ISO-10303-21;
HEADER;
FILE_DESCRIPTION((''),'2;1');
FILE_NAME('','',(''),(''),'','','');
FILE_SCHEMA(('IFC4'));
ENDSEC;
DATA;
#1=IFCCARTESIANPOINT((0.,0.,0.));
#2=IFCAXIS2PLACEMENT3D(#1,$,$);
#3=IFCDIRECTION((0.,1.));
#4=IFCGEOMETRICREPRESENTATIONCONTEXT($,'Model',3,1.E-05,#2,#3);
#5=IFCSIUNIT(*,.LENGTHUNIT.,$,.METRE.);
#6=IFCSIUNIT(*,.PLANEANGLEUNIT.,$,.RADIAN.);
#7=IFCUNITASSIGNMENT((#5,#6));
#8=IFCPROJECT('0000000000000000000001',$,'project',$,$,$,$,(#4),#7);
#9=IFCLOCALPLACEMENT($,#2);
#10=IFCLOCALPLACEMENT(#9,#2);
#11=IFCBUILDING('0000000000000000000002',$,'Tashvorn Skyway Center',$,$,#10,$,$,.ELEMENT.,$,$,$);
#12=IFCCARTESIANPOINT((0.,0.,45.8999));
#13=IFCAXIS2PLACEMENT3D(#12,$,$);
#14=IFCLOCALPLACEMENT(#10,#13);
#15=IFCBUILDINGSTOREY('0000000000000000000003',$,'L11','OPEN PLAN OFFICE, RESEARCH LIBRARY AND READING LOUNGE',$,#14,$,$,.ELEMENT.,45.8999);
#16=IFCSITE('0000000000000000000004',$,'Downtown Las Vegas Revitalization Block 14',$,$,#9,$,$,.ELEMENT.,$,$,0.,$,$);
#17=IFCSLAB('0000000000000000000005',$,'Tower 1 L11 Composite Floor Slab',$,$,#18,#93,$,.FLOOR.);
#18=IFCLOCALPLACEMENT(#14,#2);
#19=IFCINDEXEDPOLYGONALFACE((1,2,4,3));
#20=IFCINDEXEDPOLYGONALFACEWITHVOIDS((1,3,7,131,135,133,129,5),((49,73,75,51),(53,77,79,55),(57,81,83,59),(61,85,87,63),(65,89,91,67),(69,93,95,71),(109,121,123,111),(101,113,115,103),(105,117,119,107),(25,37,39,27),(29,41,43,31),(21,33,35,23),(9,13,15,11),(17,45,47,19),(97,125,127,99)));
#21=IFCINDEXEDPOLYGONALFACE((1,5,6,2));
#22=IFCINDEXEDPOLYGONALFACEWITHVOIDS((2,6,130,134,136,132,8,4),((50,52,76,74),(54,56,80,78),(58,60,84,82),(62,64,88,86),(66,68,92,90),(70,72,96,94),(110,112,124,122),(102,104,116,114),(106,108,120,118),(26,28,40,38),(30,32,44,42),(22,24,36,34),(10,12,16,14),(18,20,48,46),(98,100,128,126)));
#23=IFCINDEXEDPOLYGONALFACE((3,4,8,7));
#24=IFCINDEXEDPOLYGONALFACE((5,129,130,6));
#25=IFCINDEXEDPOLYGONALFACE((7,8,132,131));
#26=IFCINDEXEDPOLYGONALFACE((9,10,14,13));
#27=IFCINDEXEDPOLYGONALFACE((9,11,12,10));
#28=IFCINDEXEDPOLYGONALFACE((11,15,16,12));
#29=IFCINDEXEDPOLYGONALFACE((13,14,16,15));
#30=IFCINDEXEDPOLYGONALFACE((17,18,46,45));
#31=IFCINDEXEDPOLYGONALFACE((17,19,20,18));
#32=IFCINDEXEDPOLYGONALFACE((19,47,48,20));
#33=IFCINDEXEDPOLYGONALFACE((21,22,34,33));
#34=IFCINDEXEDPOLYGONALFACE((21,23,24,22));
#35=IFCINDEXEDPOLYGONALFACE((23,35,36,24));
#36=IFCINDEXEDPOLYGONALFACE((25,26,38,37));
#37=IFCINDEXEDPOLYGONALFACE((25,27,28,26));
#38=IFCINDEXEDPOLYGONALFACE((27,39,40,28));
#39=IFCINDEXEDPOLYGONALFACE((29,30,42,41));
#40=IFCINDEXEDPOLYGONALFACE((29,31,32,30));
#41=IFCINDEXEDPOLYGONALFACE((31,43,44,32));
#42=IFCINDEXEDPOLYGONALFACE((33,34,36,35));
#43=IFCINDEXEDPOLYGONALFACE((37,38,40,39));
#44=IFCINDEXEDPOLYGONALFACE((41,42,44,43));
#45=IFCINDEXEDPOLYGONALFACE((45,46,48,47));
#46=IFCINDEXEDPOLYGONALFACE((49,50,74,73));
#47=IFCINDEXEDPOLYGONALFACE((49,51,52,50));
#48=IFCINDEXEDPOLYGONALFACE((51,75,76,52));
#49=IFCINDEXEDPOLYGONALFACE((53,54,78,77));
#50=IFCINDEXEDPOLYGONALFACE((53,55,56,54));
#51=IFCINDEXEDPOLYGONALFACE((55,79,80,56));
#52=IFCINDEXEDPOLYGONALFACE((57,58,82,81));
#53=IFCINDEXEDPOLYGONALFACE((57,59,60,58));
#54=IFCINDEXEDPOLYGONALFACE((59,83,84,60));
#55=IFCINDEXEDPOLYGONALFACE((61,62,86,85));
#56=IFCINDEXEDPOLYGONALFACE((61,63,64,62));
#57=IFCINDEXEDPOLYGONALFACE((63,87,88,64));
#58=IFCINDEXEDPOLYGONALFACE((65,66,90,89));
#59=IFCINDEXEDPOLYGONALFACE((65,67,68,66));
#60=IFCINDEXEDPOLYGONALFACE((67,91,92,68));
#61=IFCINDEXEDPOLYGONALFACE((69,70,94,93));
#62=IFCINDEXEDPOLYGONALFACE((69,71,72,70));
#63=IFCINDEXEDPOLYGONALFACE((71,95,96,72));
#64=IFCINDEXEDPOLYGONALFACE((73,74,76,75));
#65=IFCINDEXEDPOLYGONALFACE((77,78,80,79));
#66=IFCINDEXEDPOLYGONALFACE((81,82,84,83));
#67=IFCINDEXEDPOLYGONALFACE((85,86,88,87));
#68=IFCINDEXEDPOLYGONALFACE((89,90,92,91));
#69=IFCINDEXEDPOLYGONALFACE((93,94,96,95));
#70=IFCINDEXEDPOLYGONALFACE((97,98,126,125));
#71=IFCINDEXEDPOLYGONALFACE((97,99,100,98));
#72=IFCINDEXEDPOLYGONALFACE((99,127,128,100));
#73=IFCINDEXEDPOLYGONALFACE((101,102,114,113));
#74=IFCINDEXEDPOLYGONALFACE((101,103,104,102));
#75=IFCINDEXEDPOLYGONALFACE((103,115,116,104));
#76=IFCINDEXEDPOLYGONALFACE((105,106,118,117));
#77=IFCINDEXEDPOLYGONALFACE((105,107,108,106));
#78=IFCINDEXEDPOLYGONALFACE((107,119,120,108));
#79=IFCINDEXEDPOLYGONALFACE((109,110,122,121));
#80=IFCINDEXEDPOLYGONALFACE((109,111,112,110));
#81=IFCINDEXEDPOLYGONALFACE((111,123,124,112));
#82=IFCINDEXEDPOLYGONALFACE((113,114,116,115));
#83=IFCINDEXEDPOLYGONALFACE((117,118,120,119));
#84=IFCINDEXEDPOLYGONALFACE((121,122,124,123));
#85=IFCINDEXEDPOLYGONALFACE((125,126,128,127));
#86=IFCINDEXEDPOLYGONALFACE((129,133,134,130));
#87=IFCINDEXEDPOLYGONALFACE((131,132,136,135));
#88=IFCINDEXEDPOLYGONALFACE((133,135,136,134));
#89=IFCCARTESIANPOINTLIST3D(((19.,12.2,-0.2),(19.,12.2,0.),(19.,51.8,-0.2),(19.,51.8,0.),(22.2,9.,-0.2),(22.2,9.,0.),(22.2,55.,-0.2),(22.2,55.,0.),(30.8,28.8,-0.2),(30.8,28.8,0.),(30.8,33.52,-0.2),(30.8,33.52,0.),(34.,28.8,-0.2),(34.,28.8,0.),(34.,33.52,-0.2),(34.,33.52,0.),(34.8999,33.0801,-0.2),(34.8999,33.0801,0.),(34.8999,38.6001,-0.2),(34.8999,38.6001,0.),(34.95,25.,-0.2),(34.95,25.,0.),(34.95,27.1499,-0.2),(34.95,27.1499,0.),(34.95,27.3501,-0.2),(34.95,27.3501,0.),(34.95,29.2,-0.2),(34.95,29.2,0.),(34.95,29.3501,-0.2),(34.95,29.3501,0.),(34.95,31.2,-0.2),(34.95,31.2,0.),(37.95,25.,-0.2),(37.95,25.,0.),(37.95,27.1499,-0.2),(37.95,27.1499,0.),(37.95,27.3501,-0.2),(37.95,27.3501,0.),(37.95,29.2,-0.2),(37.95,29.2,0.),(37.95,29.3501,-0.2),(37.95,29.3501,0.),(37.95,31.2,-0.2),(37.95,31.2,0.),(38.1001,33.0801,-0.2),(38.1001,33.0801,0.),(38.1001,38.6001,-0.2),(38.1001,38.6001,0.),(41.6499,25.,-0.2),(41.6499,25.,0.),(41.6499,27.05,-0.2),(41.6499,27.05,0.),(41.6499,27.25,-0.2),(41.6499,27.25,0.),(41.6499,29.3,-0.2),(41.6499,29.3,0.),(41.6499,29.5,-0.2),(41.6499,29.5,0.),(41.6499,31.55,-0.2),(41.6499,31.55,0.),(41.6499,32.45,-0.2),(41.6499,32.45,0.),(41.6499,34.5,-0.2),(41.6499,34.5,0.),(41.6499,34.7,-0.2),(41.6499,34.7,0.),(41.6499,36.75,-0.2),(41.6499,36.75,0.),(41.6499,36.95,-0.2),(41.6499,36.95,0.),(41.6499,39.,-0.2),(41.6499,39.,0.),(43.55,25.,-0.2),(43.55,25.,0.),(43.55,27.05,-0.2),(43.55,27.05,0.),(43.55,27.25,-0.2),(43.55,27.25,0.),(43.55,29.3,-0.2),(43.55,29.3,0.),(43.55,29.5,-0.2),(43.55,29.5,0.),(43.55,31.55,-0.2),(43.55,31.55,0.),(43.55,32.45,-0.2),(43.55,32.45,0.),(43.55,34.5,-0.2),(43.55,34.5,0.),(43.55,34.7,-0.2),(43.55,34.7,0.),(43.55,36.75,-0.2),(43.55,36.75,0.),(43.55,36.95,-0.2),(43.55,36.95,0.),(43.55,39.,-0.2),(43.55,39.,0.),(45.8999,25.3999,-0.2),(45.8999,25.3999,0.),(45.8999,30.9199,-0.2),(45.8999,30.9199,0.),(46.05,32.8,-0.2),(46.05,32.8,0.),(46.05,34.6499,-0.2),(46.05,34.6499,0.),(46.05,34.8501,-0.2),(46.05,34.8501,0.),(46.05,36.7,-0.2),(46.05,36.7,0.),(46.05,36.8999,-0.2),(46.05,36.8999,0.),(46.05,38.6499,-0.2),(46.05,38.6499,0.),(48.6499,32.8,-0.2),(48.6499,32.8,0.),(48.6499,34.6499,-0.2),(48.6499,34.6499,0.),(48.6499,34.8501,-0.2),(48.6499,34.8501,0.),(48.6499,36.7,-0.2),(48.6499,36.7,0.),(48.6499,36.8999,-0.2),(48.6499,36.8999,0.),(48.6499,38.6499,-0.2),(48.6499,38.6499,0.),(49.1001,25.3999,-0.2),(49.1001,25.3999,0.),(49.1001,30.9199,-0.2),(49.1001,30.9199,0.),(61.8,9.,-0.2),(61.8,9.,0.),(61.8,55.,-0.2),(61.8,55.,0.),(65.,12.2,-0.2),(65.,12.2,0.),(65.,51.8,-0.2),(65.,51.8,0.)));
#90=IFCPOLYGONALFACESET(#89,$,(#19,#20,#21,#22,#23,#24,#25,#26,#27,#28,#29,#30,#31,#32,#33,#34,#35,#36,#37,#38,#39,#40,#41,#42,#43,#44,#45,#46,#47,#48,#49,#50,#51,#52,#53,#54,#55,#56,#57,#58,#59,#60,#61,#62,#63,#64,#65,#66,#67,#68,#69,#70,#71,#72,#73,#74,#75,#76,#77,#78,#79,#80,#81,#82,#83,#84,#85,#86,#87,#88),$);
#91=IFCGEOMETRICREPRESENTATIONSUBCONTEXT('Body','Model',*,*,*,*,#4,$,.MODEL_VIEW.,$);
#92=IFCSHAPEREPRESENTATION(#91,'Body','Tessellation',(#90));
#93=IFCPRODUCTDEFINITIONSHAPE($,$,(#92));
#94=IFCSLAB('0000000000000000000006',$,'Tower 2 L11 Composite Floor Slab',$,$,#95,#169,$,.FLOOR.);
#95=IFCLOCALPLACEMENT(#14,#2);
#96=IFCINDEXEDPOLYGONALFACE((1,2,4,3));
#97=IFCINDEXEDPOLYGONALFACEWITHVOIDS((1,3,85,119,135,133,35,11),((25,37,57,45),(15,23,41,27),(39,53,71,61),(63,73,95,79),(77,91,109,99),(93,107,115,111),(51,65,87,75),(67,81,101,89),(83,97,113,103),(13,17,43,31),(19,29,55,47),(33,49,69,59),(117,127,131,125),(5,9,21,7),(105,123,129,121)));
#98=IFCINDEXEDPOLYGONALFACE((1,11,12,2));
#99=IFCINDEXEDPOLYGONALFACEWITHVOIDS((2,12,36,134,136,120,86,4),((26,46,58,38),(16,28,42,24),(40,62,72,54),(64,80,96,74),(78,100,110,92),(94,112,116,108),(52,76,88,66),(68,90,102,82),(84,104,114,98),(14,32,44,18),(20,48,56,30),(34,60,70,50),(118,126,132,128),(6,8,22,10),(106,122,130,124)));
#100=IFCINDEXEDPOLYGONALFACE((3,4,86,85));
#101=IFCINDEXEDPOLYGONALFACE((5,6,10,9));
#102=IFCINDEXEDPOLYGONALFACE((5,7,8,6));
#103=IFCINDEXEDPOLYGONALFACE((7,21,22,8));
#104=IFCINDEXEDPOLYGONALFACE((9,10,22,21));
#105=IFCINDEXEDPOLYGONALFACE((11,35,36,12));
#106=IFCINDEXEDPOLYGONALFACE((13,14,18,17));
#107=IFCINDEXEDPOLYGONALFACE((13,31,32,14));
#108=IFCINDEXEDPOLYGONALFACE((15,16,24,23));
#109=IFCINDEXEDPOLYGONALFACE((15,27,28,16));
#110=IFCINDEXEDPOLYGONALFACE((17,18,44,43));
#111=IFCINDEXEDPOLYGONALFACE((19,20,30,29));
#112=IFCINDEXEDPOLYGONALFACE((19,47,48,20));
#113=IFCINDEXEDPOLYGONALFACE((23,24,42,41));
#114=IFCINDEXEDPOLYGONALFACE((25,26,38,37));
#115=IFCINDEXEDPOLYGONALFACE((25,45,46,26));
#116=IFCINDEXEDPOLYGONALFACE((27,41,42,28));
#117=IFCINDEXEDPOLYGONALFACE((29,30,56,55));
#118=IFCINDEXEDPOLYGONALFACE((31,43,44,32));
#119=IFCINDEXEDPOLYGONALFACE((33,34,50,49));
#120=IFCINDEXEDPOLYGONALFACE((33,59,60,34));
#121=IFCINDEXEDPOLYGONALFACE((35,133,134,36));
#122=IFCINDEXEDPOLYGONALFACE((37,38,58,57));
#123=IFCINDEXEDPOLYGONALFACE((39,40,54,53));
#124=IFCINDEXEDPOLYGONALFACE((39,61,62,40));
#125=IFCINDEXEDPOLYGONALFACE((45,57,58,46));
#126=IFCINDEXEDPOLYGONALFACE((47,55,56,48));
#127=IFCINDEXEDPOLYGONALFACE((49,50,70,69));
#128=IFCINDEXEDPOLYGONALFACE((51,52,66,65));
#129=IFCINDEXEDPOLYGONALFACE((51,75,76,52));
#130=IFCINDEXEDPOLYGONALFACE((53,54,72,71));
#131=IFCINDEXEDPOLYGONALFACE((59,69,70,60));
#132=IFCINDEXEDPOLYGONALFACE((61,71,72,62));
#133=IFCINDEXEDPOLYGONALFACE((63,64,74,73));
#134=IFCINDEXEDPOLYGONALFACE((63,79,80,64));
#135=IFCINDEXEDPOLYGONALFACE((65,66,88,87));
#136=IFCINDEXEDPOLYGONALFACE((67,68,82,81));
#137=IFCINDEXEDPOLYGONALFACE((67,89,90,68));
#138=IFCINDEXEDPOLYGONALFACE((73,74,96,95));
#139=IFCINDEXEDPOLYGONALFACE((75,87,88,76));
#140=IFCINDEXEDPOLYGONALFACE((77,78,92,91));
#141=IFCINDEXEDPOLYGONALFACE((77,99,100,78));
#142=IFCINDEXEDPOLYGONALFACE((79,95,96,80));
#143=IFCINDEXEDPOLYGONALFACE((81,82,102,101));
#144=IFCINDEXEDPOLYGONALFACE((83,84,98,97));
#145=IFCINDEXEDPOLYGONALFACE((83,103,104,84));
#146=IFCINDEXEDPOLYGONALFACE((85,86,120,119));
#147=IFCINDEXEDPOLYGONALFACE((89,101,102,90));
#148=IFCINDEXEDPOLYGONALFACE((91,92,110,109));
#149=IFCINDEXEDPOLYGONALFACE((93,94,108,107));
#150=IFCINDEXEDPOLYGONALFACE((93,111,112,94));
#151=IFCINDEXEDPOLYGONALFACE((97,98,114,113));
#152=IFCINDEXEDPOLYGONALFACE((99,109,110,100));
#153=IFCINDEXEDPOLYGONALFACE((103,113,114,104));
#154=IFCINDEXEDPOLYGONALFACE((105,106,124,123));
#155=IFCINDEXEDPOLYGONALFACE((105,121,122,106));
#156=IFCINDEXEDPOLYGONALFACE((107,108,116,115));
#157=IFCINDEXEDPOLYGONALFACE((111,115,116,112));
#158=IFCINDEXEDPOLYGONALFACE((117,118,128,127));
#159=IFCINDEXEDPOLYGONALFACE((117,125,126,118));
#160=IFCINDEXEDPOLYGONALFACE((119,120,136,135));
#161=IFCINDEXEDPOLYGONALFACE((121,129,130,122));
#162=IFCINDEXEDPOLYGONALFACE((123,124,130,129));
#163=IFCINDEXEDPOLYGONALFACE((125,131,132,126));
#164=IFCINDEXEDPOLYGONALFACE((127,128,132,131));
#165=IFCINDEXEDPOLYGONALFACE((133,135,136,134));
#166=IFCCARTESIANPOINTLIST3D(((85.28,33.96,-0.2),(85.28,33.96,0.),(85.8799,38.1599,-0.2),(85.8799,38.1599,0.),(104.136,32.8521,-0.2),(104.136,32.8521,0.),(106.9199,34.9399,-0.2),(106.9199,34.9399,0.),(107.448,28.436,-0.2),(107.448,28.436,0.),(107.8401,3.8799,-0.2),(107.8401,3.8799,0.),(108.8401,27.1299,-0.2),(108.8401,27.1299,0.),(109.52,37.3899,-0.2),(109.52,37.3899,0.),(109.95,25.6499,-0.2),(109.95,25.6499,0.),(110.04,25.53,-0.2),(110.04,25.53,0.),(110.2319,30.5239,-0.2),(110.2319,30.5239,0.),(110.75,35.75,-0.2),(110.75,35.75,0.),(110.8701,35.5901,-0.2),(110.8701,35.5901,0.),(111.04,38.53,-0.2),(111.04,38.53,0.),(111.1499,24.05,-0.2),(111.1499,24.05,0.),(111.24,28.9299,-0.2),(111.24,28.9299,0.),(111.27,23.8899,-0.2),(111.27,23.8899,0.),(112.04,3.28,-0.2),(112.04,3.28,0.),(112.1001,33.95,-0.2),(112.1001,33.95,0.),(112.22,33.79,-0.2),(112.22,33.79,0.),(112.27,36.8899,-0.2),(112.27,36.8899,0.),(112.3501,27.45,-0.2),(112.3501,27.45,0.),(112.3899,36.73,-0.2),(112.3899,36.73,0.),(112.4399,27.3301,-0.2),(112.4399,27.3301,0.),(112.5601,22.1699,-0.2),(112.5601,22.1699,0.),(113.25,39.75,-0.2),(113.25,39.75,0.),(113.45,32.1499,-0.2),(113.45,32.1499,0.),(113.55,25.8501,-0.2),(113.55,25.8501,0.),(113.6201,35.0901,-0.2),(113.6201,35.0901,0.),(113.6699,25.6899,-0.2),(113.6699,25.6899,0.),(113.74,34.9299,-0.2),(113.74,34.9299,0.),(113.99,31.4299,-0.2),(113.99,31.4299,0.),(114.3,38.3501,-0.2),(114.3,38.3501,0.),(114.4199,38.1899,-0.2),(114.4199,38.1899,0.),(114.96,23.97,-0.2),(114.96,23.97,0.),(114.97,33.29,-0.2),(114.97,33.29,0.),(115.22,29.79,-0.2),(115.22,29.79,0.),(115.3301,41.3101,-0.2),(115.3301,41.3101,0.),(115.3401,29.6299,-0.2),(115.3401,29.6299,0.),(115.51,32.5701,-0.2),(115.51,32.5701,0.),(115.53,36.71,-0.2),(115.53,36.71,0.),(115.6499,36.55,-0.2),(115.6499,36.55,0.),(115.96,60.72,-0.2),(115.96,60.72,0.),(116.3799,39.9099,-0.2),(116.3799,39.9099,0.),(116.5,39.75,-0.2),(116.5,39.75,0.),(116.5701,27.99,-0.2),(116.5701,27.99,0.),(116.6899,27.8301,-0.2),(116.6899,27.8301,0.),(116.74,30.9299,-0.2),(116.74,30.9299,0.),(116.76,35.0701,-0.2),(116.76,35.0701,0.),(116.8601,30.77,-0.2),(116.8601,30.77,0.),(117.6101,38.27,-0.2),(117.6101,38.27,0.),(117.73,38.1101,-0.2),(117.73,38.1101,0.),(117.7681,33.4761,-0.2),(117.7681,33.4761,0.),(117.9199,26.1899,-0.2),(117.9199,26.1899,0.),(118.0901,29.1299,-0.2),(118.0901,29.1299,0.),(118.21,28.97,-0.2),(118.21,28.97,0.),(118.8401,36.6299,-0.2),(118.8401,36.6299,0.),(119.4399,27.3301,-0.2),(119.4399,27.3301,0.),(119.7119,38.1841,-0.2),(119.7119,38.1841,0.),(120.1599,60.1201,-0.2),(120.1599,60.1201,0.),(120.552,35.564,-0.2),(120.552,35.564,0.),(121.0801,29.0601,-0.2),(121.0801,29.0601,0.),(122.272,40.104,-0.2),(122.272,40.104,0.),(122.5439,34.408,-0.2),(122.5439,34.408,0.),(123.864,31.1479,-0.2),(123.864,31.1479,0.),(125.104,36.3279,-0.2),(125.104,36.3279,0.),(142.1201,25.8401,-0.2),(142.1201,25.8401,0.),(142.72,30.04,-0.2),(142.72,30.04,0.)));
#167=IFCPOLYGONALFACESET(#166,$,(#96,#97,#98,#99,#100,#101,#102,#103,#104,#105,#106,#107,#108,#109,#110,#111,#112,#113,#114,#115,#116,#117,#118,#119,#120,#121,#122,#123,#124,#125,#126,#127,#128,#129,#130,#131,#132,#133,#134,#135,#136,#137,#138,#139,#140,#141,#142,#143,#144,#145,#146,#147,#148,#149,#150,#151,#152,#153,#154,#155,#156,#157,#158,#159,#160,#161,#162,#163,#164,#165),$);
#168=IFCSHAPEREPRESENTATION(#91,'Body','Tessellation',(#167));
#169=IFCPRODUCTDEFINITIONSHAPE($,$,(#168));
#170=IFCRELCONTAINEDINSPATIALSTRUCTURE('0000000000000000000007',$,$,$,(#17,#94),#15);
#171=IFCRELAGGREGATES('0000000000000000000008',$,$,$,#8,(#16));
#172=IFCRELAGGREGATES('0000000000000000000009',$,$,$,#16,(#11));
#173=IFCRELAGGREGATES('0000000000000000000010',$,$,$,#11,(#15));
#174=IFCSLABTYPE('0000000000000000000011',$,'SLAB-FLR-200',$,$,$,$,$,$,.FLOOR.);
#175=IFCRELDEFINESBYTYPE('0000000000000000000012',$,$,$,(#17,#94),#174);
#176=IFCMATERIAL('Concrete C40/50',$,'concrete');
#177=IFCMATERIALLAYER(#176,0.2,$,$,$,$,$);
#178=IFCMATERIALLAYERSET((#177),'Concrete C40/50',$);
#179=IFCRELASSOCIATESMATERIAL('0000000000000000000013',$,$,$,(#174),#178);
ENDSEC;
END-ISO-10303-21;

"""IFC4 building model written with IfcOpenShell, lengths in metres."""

from ifc_helpers import new_model, si_unit, direction, frame, origin, place, context, subcontext, project, spatial, polyline, outline, extrude, material, layer, layer_set, type_object, element, save


model = new_model("IFC4")

# Units and contexts
model_context = context("Model", 3, precision=1e-05, world=origin(), true_north=direction((0.0, 1.0)))
body_context = subcontext(model_context, "Body", "Model", "MODEL_VIEW")
ifc_project = project(units=[si_unit("LENGTHUNIT", "METRE"), si_unit("PLANEANGLEUNIT", "RADIAN")], contexts=[model_context])

# Site, building, storey
site_placement = place(None, origin())
site = spatial("IfcSite", under=ifc_project, at=site_placement, Name="Downtown Las Vegas Revitalization Block 14", CompositionType="ELEMENT", RefElevation=0.0)
building_placement = place(site_placement, origin())
building = spatial("IfcBuilding", under=site, at=building_placement, Name="Tashvorn Skyway Center", CompositionType="ELEMENT")
storey_placement = place(building_placement, frame((0.0, 0.0, 45.8999)))
storey = spatial("IfcBuildingStorey", under=building, at=storey_placement, Name="L11", Description="OPEN PLAN OFFICE, RESEARCH LIBRARY AND READING LOUNGE", CompositionType="ELEMENT", Elevation=45.8999)

# Slabs
ifc_material_1 = material(Name="Concrete C40/50", Category="concrete")
ifc_layer_1 = layer(ifc_material_1, 0.2)
ifc_layer_set_1 = layer_set([ifc_layer_1], Name="Concrete C40/50")
slab_type_1 = type_object("IfcSlabType", Name="SLAB-FLR-200", PredefinedType="FLOOR", material=ifc_layer_set_1)
slab_1_placement = place(storey_placement, frame((0.0, 0.0, -0.2)))
element("IfcSlab", 1, at=slab_1_placement, inside=storey, type_object=slab_type_1, Name="Tower 1 L11 Composite Floor Slab", PredefinedType="FLOOR", context=body_context, shape_type="SweptSolid", body=[
    extrude(outline(polyline([(22.2, 9.0), (61.8, 9.0), (65.0, 12.2), (65.0, 51.8), (61.8, 55.0), (22.2, 55.0), (19.0, 51.8), (19.0, 12.2), (22.2, 9.0)]), holes=[polyline([(38.1001, 33.0801), (38.1001, 38.6001), (34.8999, 38.6001), (34.8999, 33.0801), (38.1001, 33.0801)]), polyline([(45.8999, 30.9199), (45.8999, 25.3999), (49.1001, 25.3999), (49.1001, 30.9199), (45.8999, 30.9199)]), polyline([(30.8, 33.52), (30.8, 28.8), (34.0, 28.8), (34.0, 33.52), (30.8, 33.52)]), polyline([(34.95, 29.3501), (37.95, 29.3501), (37.95, 31.2), (34.95, 31.2), (34.95, 29.3501)]), polyline([(34.95, 27.3501), (37.95, 27.3501), (37.95, 29.2), (34.95, 29.2), (34.95, 27.3501)]), polyline([(34.95, 25.0), (37.95, 25.0), (37.95, 27.1499), (34.95, 27.1499), (34.95, 25.0)]), polyline([(41.6499, 25.0), (43.55, 25.0), (43.55, 27.05), (41.6499, 27.05), (41.6499, 25.0)]), polyline([(41.6499, 27.25), (43.55, 27.25), (43.55, 29.3), (41.6499, 29.3), (41.6499, 27.25)]), polyline([(41.6499, 29.5), (43.55, 29.5), (43.55, 31.55), (41.6499, 31.55), (41.6499, 29.5)]), polyline([(41.6499, 32.45), (43.55, 32.45), (43.55, 34.5), (41.6499, 34.5), (41.6499, 32.45)]), polyline([(41.6499, 34.7), (43.55, 34.7), (43.55, 36.75), (41.6499, 36.75), (41.6499, 34.7)]), polyline([(41.6499, 36.95), (43.55, 36.95), (43.55, 39.0), (41.6499, 39.0), (41.6499, 36.95)]), polyline([(46.05, 32.8), (48.6499, 32.8), (48.6499, 34.6499), (46.05, 34.6499), (46.05, 32.8)]), polyline([(46.05, 34.8501), (48.6499, 34.8501), (48.6499, 36.7), (46.05, 36.7), (46.05, 34.8501)]), polyline([(46.05, 36.8999), (48.6499, 36.8999), (48.6499, 38.6499), (46.05, 38.6499), (46.05, 36.8999)])]), origin(), (0.0, 0.0, 1.0), 0.2),
])
slab_2_placement = place(storey_placement, frame((0.0, 0.0, -0.2)))
element("IfcSlab", 2, at=slab_2_placement, inside=storey, type_object=slab_type_1, Name="Tower 2 L11 Composite Floor Slab", PredefinedType="FLOOR", context=body_context, shape_type="SweptSolid", body=[
    extrude(outline(polyline([(112.04, 3.28), (142.1201, 25.8401), (142.72, 30.04), (120.1599, 60.1201), (115.96, 60.72), (85.8799, 38.1599), (85.28, 33.96), (107.8401, 3.8799), (112.04, 3.28)]), holes=[polyline([(110.2319, 30.5239), (106.9199, 34.9399), (104.136, 32.8521), (107.448, 28.436), (110.2319, 30.5239)]), polyline([(117.7681, 33.4761), (121.0801, 29.0601), (123.864, 31.1479), (120.552, 35.564), (117.7681, 33.4761)]), polyline([(119.7119, 38.1841), (122.5439, 34.408), (125.104, 36.3279), (122.272, 40.104), (119.7119, 38.1841)]), polyline([(109.95, 25.6499), (112.3501, 27.45), (111.24, 28.9299), (108.8401, 27.1299), (109.95, 25.6499)]), polyline([(111.1499, 24.05), (113.55, 25.8501), (112.4399, 27.3301), (110.04, 25.53), (111.1499, 24.05)]), polyline([(112.5601, 22.1699), (114.96, 23.97), (113.6699, 25.6899), (111.27, 23.8899), (112.5601, 22.1699)]), polyline([(117.9199, 26.1899), (119.4399, 27.3301), (118.21, 28.97), (116.6899, 27.8301), (117.9199, 26.1899)]), polyline([(116.5701, 27.99), (118.0901, 29.1299), (116.8601, 30.77), (115.3401, 29.6299), (116.5701, 27.99)]), polyline([(115.22, 29.79), (116.74, 30.9299), (115.51, 32.5701), (113.99, 31.4299), (115.22, 29.79)]), polyline([(113.45, 32.1499), (114.97, 33.29), (113.74, 34.9299), (112.22, 33.79), (113.45, 32.1499)]), polyline([(112.1001, 33.95), (113.6201, 35.0901), (112.3899, 36.73), (110.8701, 35.5901), (112.1001, 33.95)]), polyline([(110.75, 35.75), (112.27, 36.8899), (111.04, 38.53), (109.52, 37.3899), (110.75, 35.75)]), polyline([(116.76, 35.0701), (118.8401, 36.6299), (117.73, 38.1101), (115.6499, 36.55), (116.76, 35.0701)]), polyline([(115.53, 36.71), (117.6101, 38.27), (116.5, 39.75), (114.4199, 38.1899), (115.53, 36.71)]), polyline([(114.3, 38.3501), (116.3799, 39.9099), (115.3301, 41.3101), (113.25, 39.75), (114.3, 38.3501)])]), origin(), (0.0, 0.0, 1.0), 0.2),
])

save(model, "model.ifc")
